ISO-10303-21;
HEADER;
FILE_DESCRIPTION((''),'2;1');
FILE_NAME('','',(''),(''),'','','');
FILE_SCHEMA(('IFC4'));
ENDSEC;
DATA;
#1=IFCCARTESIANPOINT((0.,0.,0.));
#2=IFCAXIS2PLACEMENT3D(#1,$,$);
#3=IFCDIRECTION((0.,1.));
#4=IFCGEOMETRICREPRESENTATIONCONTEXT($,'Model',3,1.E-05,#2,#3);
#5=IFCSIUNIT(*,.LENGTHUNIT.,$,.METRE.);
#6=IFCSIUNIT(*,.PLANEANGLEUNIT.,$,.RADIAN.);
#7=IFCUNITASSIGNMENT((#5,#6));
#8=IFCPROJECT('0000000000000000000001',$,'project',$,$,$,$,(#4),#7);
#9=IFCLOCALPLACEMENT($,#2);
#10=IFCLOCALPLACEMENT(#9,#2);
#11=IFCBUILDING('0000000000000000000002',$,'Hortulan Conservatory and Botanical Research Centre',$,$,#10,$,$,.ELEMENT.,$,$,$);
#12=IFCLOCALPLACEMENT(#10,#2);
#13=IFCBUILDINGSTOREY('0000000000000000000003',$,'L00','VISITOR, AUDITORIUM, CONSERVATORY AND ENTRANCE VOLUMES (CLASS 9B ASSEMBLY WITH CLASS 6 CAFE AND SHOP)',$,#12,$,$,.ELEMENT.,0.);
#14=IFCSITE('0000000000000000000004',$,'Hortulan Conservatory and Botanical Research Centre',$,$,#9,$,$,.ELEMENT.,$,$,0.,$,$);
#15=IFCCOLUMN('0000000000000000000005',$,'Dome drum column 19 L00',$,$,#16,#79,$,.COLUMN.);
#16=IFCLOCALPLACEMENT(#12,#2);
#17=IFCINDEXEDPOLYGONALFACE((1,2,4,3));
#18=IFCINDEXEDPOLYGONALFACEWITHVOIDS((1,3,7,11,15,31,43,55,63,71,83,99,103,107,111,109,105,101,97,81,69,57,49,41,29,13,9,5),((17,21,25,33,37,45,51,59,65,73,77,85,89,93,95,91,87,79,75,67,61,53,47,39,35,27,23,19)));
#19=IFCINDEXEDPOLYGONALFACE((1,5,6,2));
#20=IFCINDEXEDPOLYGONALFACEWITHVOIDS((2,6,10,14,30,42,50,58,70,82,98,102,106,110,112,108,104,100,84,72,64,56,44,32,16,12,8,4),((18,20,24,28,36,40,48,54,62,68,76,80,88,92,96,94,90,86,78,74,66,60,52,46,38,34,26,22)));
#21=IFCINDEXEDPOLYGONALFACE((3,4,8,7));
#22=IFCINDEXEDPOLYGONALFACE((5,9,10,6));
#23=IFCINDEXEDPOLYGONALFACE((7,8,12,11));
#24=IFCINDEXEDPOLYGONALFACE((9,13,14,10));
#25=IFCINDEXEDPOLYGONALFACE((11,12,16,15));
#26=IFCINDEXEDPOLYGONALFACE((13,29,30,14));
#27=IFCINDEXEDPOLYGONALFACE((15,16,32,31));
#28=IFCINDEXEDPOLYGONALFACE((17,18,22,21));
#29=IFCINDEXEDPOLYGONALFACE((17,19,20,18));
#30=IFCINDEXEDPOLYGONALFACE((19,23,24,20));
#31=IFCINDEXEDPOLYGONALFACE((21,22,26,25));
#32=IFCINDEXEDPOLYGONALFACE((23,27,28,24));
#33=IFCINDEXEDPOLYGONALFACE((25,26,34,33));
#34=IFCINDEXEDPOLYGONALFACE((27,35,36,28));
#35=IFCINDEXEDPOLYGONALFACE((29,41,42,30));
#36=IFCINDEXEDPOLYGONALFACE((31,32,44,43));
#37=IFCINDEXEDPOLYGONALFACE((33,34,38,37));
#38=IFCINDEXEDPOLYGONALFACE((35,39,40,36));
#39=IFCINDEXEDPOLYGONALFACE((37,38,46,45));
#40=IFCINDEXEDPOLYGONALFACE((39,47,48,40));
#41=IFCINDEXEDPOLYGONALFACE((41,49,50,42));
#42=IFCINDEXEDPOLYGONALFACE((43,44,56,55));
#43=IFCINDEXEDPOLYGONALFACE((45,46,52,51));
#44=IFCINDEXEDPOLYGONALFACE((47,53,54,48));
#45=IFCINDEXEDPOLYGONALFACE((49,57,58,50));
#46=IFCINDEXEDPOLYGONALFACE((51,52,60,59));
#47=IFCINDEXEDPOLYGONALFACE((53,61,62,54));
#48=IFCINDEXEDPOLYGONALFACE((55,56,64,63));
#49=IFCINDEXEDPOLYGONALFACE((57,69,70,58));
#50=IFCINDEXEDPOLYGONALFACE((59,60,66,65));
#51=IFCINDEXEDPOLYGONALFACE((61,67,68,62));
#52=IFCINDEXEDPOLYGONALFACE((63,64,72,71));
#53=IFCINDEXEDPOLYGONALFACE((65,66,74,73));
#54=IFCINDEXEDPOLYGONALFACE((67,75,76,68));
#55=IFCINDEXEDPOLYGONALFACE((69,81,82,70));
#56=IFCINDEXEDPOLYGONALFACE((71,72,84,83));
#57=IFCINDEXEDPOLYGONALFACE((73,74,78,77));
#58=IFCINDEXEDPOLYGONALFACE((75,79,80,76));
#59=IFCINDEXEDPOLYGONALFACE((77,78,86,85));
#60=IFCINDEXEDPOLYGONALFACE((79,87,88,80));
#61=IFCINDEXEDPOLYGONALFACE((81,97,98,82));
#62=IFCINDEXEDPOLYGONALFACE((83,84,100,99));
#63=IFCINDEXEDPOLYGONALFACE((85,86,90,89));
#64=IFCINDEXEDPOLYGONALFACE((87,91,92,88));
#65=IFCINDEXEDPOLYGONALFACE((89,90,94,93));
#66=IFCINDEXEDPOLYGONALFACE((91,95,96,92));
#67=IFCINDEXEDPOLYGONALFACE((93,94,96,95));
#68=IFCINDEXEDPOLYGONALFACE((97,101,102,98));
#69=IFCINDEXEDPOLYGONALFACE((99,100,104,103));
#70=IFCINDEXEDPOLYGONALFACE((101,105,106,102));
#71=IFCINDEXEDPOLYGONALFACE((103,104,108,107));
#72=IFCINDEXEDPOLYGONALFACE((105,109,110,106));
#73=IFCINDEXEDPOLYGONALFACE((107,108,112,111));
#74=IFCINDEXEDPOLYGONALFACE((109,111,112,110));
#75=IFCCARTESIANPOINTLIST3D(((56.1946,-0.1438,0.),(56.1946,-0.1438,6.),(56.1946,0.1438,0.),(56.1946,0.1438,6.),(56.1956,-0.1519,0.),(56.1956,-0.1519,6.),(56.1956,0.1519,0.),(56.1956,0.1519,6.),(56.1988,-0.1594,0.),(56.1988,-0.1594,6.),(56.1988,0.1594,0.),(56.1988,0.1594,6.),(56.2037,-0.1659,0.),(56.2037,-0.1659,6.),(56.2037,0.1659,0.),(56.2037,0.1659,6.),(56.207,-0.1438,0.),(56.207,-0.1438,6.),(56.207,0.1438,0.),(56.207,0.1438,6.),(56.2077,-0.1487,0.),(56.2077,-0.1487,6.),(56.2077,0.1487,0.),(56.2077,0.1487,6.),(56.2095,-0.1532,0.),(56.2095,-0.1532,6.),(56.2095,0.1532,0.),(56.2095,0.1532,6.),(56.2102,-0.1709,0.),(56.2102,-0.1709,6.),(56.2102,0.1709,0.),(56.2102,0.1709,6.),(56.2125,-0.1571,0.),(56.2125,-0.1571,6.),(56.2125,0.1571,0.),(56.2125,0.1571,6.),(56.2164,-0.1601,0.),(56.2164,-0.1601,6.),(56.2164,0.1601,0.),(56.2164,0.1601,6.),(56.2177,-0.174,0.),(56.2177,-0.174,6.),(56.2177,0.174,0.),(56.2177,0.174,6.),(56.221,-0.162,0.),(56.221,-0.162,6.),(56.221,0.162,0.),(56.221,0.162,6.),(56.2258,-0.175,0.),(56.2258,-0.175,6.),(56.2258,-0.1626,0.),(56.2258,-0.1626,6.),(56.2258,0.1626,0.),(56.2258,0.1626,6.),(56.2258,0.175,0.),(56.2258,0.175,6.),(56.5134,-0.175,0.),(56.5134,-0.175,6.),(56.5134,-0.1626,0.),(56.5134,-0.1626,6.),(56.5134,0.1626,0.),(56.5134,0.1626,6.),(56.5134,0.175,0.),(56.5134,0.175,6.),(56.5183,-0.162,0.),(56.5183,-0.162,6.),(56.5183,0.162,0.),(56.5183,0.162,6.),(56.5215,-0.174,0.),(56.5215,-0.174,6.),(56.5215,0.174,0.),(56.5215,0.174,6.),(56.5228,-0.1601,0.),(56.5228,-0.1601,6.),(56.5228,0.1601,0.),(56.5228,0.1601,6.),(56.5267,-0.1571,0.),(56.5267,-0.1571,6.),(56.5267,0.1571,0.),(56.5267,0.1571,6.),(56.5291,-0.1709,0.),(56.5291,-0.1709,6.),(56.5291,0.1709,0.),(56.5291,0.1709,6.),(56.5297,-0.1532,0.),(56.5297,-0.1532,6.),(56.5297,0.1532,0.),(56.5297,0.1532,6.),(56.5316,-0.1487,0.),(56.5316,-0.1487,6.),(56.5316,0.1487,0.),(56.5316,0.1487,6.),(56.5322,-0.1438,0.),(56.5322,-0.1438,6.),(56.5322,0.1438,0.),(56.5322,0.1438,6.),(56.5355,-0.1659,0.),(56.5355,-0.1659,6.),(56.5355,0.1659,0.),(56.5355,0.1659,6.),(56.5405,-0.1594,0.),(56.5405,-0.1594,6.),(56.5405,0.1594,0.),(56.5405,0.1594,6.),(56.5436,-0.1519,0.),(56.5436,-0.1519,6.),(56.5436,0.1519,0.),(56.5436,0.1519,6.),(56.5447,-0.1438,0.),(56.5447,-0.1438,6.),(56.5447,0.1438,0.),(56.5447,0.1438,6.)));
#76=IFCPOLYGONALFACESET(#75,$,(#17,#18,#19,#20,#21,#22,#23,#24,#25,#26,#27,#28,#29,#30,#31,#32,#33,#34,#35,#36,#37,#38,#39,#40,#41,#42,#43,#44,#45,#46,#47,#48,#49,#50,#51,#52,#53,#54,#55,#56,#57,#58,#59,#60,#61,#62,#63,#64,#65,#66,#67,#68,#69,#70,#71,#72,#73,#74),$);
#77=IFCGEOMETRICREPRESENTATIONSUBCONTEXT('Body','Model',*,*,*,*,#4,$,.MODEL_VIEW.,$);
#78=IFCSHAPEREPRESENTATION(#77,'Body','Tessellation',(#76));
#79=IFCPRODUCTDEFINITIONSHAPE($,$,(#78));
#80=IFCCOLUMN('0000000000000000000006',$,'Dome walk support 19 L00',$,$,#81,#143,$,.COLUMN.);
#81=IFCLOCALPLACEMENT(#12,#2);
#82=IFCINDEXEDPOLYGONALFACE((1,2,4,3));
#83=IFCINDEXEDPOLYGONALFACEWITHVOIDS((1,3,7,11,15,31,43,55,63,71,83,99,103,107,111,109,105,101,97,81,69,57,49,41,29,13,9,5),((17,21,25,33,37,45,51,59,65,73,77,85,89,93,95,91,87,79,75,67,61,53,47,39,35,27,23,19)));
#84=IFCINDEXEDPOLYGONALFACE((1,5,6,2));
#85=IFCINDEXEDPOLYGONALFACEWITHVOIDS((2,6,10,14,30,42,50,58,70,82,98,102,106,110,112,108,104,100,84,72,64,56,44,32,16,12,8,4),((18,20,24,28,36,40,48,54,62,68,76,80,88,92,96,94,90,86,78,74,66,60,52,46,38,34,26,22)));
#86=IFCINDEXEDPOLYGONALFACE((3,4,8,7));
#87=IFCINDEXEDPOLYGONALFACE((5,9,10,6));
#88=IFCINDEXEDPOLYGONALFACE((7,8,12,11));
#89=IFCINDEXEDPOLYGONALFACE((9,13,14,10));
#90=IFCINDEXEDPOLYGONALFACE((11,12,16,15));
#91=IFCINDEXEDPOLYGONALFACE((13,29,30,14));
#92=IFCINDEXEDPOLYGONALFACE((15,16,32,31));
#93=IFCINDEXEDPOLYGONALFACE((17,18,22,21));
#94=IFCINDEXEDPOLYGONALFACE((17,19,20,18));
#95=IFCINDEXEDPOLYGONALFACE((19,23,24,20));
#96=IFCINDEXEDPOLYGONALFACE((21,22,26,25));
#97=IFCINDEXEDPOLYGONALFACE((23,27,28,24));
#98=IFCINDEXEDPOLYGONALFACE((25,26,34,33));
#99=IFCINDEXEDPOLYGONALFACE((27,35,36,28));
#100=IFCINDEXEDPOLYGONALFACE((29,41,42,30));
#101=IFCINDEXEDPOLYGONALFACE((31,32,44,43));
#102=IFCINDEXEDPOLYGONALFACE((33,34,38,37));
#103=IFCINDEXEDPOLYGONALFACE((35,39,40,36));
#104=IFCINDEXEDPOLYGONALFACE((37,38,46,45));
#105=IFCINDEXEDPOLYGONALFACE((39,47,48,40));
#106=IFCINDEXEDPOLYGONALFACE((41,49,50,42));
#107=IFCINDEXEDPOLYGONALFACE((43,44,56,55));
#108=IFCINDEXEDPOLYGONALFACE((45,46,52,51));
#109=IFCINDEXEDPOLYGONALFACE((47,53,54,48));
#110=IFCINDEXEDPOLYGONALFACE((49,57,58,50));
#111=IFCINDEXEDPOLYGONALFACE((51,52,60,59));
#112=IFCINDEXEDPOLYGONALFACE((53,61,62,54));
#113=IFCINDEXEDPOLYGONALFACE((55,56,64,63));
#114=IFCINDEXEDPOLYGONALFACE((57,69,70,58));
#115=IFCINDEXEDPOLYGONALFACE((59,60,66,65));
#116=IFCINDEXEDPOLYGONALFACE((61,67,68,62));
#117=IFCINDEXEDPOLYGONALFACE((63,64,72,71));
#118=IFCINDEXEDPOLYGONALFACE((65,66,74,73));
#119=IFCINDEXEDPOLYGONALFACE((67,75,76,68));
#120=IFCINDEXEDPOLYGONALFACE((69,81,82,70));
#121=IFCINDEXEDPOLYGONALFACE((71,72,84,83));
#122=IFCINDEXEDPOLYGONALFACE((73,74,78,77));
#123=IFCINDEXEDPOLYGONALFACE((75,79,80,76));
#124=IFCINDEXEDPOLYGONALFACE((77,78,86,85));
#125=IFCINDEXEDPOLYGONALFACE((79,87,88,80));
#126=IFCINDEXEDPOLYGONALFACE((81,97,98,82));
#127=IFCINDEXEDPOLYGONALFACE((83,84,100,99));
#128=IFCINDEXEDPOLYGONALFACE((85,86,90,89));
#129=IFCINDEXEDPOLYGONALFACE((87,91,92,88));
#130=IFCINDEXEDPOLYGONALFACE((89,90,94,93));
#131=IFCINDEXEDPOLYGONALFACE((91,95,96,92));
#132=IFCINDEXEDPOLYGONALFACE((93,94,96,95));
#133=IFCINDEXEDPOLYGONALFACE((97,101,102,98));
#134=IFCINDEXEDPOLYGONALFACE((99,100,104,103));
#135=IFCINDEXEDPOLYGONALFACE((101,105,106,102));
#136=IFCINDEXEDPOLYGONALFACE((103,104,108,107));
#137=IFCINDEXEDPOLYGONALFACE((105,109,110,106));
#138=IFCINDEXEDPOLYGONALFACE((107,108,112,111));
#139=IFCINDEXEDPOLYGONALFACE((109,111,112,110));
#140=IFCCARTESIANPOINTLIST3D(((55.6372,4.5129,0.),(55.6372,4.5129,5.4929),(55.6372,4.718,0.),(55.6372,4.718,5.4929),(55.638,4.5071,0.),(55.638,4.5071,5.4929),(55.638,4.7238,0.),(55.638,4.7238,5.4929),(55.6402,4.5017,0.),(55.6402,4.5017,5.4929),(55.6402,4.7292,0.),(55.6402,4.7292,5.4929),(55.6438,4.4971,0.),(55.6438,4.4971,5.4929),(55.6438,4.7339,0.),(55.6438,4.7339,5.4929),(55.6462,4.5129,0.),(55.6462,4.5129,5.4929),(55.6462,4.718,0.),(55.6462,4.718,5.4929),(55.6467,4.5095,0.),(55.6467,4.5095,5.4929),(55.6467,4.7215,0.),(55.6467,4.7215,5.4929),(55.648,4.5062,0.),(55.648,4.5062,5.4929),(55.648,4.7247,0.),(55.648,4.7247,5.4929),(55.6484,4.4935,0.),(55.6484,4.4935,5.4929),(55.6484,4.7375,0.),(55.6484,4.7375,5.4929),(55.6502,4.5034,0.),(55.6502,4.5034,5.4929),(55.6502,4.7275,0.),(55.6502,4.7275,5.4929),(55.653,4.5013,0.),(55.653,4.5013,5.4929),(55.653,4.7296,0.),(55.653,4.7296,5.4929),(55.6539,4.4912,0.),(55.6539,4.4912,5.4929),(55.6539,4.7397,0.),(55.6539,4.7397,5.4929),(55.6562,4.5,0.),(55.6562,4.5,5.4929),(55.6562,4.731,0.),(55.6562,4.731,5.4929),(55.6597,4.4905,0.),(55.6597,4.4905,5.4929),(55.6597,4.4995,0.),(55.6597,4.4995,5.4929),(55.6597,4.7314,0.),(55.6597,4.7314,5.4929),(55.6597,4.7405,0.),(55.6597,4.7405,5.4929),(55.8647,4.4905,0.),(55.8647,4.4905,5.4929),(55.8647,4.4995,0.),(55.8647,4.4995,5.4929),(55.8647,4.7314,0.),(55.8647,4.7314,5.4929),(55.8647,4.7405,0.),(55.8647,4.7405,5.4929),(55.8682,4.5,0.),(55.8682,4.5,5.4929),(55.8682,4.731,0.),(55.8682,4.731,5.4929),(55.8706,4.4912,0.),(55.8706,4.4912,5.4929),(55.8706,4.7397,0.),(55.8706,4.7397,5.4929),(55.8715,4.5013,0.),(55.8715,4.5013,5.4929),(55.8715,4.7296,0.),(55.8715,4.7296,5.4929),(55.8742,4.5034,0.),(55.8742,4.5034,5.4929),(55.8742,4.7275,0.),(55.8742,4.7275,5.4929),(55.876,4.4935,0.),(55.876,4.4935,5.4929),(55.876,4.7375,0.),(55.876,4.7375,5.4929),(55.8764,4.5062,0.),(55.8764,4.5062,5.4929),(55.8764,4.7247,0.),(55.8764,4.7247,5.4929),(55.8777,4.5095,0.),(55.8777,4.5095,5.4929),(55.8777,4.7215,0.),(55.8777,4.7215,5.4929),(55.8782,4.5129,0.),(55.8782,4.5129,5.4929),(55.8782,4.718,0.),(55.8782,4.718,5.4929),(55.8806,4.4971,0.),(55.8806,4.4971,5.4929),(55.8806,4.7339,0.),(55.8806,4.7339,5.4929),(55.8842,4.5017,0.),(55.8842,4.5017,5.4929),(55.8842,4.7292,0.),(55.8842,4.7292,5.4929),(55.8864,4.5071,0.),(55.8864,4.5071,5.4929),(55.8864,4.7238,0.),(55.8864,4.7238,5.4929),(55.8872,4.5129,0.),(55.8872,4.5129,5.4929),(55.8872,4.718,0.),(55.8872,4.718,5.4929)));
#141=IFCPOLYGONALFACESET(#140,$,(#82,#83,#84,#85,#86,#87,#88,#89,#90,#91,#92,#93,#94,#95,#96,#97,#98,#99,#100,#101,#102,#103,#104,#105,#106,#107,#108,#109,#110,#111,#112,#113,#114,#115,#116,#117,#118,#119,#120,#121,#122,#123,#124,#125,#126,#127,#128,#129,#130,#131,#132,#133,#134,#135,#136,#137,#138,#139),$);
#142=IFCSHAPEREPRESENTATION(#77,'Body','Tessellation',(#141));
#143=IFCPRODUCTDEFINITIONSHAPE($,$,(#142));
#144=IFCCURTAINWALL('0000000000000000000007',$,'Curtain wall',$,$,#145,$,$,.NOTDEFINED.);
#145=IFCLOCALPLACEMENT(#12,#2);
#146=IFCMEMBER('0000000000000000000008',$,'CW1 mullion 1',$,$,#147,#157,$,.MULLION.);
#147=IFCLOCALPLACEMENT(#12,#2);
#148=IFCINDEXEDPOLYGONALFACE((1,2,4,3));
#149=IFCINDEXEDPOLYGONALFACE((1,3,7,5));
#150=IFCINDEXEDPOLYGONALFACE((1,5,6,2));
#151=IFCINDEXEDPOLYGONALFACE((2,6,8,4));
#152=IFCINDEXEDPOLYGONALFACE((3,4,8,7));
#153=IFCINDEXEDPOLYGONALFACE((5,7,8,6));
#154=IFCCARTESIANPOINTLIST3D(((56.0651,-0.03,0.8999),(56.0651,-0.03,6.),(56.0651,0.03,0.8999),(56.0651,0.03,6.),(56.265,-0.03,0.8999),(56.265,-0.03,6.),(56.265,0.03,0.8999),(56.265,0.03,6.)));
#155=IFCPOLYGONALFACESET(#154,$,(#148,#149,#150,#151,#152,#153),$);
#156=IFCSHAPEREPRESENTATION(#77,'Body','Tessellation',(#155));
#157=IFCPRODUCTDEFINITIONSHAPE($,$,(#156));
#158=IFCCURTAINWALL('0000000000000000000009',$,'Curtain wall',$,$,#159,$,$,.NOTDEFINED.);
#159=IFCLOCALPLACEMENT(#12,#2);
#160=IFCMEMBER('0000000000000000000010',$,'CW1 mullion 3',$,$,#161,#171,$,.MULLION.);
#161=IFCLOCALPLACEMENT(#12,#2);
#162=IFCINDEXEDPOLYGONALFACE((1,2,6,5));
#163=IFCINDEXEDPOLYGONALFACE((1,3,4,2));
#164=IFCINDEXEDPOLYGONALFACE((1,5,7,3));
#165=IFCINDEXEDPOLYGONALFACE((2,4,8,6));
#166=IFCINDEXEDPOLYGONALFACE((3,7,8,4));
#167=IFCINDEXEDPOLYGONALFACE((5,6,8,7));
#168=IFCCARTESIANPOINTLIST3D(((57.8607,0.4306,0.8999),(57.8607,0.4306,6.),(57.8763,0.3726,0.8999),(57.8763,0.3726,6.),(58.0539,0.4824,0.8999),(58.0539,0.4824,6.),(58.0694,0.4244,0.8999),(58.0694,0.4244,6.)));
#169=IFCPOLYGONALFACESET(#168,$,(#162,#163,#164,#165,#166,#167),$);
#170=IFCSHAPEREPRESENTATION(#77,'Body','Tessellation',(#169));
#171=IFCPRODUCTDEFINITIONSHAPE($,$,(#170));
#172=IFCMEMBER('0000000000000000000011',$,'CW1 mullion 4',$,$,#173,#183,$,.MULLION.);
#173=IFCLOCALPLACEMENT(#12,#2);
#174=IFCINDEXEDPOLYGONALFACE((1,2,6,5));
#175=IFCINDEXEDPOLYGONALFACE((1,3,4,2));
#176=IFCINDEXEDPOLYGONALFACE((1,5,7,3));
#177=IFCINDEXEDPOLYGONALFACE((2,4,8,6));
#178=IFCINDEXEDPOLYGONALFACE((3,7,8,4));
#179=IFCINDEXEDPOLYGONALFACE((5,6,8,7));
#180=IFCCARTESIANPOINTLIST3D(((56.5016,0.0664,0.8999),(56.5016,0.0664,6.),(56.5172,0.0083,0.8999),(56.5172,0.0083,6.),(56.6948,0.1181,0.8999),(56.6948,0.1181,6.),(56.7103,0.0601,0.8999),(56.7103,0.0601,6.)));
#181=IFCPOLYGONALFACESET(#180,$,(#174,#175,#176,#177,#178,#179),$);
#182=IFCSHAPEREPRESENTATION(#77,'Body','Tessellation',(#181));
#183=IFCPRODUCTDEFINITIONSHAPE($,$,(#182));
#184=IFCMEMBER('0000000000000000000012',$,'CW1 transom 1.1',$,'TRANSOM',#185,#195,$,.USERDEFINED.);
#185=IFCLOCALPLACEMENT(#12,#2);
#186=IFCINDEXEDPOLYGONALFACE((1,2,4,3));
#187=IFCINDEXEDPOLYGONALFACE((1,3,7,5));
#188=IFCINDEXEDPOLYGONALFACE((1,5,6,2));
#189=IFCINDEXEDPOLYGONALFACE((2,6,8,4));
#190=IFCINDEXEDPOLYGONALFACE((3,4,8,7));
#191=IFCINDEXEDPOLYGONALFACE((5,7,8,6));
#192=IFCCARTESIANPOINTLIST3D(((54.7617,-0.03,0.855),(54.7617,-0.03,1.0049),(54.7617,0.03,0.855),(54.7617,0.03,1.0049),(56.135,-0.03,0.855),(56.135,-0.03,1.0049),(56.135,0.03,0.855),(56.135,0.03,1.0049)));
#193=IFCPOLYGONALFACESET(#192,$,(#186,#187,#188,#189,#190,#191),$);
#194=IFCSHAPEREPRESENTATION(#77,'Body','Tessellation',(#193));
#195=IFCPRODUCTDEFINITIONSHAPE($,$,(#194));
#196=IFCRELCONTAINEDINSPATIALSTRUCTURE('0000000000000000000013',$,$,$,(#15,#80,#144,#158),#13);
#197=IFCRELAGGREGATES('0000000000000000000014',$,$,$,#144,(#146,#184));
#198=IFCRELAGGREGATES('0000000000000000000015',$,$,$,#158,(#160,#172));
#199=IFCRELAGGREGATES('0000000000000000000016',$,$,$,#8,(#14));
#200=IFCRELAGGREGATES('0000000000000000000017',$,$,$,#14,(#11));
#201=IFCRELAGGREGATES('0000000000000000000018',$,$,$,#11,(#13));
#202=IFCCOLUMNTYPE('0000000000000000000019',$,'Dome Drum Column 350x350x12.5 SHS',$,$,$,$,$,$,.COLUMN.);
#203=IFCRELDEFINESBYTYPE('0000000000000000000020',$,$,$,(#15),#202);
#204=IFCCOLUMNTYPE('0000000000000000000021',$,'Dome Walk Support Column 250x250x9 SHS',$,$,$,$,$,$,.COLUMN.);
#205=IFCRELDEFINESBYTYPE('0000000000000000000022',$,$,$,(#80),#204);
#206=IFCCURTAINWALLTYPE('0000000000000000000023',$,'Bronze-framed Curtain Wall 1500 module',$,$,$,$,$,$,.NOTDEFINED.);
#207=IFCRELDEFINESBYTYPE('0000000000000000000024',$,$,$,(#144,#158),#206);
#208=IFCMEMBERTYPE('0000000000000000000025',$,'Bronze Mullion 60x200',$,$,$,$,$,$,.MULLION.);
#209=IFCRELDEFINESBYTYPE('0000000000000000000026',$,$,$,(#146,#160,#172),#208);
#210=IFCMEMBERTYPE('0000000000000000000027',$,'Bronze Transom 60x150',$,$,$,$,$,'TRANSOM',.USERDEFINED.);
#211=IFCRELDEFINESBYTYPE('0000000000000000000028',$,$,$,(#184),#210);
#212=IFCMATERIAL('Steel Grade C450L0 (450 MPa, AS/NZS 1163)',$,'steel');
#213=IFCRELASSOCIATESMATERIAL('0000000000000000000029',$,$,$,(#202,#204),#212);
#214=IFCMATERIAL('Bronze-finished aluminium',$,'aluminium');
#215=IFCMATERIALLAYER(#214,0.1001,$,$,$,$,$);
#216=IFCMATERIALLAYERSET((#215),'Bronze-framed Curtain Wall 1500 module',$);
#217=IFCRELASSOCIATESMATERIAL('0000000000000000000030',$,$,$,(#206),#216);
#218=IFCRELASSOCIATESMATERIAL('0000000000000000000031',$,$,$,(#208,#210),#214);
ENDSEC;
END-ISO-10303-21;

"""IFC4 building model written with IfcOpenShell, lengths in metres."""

from ifc_helpers import new_model, si_unit, direction, frame, origin, origin_2d, place, context, subcontext, project, spatial, rectangle, hollow_rectangle, extrude, material, layer, layer_set, material_profile, profile_set, type_object, element, aggregate, save


model = new_model("IFC4")

# Units and contexts
model_context = context("Model", 3, precision=1e-05, world=origin(), true_north=direction((0.0, 1.0)))
body_context = subcontext(model_context, "Body", "Model", "MODEL_VIEW")
ifc_project = project(units=[si_unit("LENGTHUNIT", "METRE"), si_unit("PLANEANGLEUNIT", "RADIAN")], contexts=[model_context])

# Site, building, storey
site_placement = place(None, origin())
site = spatial("IfcSite", under=ifc_project, at=site_placement, Name="Hortulan Conservatory and Botanical Research Centre", CompositionType="ELEMENT", RefElevation=0.0)
building_placement = place(site_placement, origin())
building = spatial("IfcBuilding", under=site, at=building_placement, Name="Hortulan Conservatory and Botanical Research Centre", CompositionType="ELEMENT")
storey_placement = place(building_placement, origin())
storey = spatial("IfcBuildingStorey", under=building, at=storey_placement, Name="L00", Description="VISITOR, AUDITORIUM, CONSERVATORY AND ENTRANCE VOLUMES (CLASS 9B ASSEMBLY WITH CLASS 6 CAFE AND SHOP)", CompositionType="ELEMENT", Elevation=0.0)

# Columns
ifc_material_1 = material(Name="Steel Grade C450L0 (450 MPa, AS/NZS 1163)", Category="steel")
ifc_material_profile_1 = material_profile(ifc_material_1, hollow_rectangle(XDim=0.3501, YDim=0.3501, WallThickness=0.0125, InnerFilletRadius=0.0188, OuterFilletRadius=0.0312, at=origin_2d()), Name="350x350x12.5SHS")
ifc_profile_set_1 = profile_set([ifc_material_profile_1], Name="Steel Grade C450L0 (450 MPa, AS/NZS 1163)")
column_type_1 = type_object("IfcColumnType", Name="Dome Drum Column 350x350x12.5 SHS", PredefinedType="COLUMN", material=ifc_profile_set_1)
column_1_placement = place(storey_placement, frame((56.3696, 0.0, 0.0), z_axis=(0.0, 0.0, 1.0), x_axis=(1.0, 0.0, 0.0)))
element("IfcColumn", 1, at=column_1_placement, inside=storey, type_object=column_type_1, Name="Dome drum column 19 L00", PredefinedType="COLUMN", context=body_context, shape_type="SweptSolid", body=[
    extrude(hollow_rectangle(XDim=0.3501, YDim=0.3501, WallThickness=0.0125, InnerFilletRadius=0.0188, OuterFilletRadius=0.0312, at=origin_2d()), origin(), (0.0, 0.0, 1.0), 6.0),
])
ifc_material_profile_2 = material_profile(ifc_material_1, hollow_rectangle(XDim=0.25, YDim=0.25, WallThickness=0.009, InnerFilletRadius=0.0134, OuterFilletRadius=0.0225, at=origin_2d()), Name="250x250x9SHS")
ifc_profile_set_2 = profile_set([ifc_material_profile_2], Name="Steel Grade C450L0 (450 MPa, AS/NZS 1163)")
column_type_2 = type_object("IfcColumnType", Name="Dome Walk Support Column 250x250x9 SHS", PredefinedType="COLUMN", material=ifc_profile_set_2)
column_2_placement = place(storey_placement, frame((55.7622, 4.6155, 0.0), z_axis=(0.0, 0.0, 1.0), x_axis=(1.0, 0.0, 0.0)))
element("IfcColumn", 2, at=column_2_placement, inside=storey, type_object=column_type_2, Name="Dome walk support 19 L00", PredefinedType="COLUMN", context=body_context, shape_type="SweptSolid", body=[
    extrude(hollow_rectangle(XDim=0.25, YDim=0.25, WallThickness=0.009, InnerFilletRadius=0.0134, OuterFilletRadius=0.0225, at=origin_2d()), origin(), (0.0, 0.0, 1.0), 5.4929),
])

# Curtain wall, member
ifc_material_2 = material(Name="Bronze-finished aluminium", Category="aluminium")
ifc_layer_1 = layer(ifc_material_2, 0.1001)
ifc_layer_set_1 = layer_set([ifc_layer_1], Name="Bronze-framed Curtain Wall 1500 module")
curtain_wall_type = type_object("IfcCurtainWallType", Name="Bronze-framed Curtain Wall 1500 module", PredefinedType="NOTDEFINED", material=ifc_layer_set_1)
curtain_wall_1_placement = place(storey_placement, origin())
curtain_wall_1 = element("IfcCurtainWall", 3, at=curtain_wall_1_placement, inside=storey, type_object=curtain_wall_type, Name="Curtain wall", PredefinedType="NOTDEFINED")
ifc_material_profile_3 = material_profile(ifc_material_2, rectangle(XDim=0.0601, YDim=0.2, at=origin_2d()), Name="Bronze Mullion 60x200")
ifc_profile_set_3 = profile_set([ifc_material_profile_3], Name="Bronze-finished aluminium")
member_type_1 = type_object("IfcMemberType", Name="Bronze Mullion 60x200", PredefinedType="MULLION", material=ifc_profile_set_3)
member_1_placement = place(storey_placement, frame((56.165, 0.0, 0.8999), z_axis=(0.0, 0.0, 1.0), x_axis=(0.0, -1.0, 0.0)))
member_1 = element("IfcMember", 4, at=member_1_placement, type_object=member_type_1, Name="CW1 mullion 1", PredefinedType="MULLION", context=body_context, shape_type="SweptSolid", body=[
    extrude(rectangle(XDim=0.0601, YDim=0.2, at=origin_2d()), origin(), (0.0, 0.0, 1.0), 5.1001),
])

# Curtain wall, members
curtain_wall_2_placement = place(storey_placement, origin())
curtain_wall_2 = element("IfcCurtainWall", 5, at=curtain_wall_2_placement, inside=storey, type_object=curtain_wall_type, Name="Curtain wall", PredefinedType="NOTDEFINED")
member_2_placement = place(storey_placement, frame((57.9651, 0.4275, 0.8999), z_axis=(0.0, 0.0, 1.0), x_axis=(0.258832, -0.965922, 0.0)))
member_2 = element("IfcMember", 6, at=member_2_placement, type_object=member_type_1, Name="CW1 mullion 3", PredefinedType="MULLION", context=body_context, shape_type="SweptSolid", body=[
    extrude(rectangle(XDim=0.0601, YDim=0.2, at=origin_2d()), origin(), (0.0, 0.0, 1.0), 5.1001),
])
member_3_placement = place(storey_placement, frame((56.606, 0.0632, 0.8999), z_axis=(0.0, 0.0, 1.0), x_axis=(0.258832, -0.965922, 0.0)))
member_3 = element("IfcMember", 7, at=member_3_placement, type_object=member_type_1, Name="CW1 mullion 4", PredefinedType="MULLION", context=body_context, shape_type="SweptSolid", body=[
    extrude(rectangle(XDim=0.0601, YDim=0.2, at=origin_2d()), origin(), (0.0, 0.0, 1.0), 5.1001),
])

# Member
ifc_material_profile_4 = material_profile(ifc_material_2, rectangle(XDim=0.0601, YDim=0.1499, at=origin_2d()), Name="Bronze Transom 60x150")
ifc_profile_set_4 = profile_set([ifc_material_profile_4], Name="Bronze-finished aluminium")
member_type_2 = type_object("IfcMemberType", Name="Bronze Transom 60x150", ElementType="TRANSOM", PredefinedType="USERDEFINED", material=ifc_profile_set_4)
member_4_placement = place(storey_placement, frame((56.135, 0.0, 0.9299), z_axis=(-1.0, 0.0, 0.0), x_axis=(0.0, -1.0, 0.0)))
member_4 = element("IfcMember", 8, at=member_4_placement, type_object=member_type_2, Name="CW1 transom 1.1", ObjectType="TRANSOM", PredefinedType="USERDEFINED", context=body_context, shape_type="SweptSolid", body=[
    extrude(rectangle(XDim=0.0601, YDim=0.1499, at=origin_2d()), origin(), (0.0, 0.0, 1.0), 1.3733),
])
aggregate(curtain_wall_1, [member_1, member_4])

aggregate(curtain_wall_2, [member_2, member_3])

save(model, "model.ifc")
